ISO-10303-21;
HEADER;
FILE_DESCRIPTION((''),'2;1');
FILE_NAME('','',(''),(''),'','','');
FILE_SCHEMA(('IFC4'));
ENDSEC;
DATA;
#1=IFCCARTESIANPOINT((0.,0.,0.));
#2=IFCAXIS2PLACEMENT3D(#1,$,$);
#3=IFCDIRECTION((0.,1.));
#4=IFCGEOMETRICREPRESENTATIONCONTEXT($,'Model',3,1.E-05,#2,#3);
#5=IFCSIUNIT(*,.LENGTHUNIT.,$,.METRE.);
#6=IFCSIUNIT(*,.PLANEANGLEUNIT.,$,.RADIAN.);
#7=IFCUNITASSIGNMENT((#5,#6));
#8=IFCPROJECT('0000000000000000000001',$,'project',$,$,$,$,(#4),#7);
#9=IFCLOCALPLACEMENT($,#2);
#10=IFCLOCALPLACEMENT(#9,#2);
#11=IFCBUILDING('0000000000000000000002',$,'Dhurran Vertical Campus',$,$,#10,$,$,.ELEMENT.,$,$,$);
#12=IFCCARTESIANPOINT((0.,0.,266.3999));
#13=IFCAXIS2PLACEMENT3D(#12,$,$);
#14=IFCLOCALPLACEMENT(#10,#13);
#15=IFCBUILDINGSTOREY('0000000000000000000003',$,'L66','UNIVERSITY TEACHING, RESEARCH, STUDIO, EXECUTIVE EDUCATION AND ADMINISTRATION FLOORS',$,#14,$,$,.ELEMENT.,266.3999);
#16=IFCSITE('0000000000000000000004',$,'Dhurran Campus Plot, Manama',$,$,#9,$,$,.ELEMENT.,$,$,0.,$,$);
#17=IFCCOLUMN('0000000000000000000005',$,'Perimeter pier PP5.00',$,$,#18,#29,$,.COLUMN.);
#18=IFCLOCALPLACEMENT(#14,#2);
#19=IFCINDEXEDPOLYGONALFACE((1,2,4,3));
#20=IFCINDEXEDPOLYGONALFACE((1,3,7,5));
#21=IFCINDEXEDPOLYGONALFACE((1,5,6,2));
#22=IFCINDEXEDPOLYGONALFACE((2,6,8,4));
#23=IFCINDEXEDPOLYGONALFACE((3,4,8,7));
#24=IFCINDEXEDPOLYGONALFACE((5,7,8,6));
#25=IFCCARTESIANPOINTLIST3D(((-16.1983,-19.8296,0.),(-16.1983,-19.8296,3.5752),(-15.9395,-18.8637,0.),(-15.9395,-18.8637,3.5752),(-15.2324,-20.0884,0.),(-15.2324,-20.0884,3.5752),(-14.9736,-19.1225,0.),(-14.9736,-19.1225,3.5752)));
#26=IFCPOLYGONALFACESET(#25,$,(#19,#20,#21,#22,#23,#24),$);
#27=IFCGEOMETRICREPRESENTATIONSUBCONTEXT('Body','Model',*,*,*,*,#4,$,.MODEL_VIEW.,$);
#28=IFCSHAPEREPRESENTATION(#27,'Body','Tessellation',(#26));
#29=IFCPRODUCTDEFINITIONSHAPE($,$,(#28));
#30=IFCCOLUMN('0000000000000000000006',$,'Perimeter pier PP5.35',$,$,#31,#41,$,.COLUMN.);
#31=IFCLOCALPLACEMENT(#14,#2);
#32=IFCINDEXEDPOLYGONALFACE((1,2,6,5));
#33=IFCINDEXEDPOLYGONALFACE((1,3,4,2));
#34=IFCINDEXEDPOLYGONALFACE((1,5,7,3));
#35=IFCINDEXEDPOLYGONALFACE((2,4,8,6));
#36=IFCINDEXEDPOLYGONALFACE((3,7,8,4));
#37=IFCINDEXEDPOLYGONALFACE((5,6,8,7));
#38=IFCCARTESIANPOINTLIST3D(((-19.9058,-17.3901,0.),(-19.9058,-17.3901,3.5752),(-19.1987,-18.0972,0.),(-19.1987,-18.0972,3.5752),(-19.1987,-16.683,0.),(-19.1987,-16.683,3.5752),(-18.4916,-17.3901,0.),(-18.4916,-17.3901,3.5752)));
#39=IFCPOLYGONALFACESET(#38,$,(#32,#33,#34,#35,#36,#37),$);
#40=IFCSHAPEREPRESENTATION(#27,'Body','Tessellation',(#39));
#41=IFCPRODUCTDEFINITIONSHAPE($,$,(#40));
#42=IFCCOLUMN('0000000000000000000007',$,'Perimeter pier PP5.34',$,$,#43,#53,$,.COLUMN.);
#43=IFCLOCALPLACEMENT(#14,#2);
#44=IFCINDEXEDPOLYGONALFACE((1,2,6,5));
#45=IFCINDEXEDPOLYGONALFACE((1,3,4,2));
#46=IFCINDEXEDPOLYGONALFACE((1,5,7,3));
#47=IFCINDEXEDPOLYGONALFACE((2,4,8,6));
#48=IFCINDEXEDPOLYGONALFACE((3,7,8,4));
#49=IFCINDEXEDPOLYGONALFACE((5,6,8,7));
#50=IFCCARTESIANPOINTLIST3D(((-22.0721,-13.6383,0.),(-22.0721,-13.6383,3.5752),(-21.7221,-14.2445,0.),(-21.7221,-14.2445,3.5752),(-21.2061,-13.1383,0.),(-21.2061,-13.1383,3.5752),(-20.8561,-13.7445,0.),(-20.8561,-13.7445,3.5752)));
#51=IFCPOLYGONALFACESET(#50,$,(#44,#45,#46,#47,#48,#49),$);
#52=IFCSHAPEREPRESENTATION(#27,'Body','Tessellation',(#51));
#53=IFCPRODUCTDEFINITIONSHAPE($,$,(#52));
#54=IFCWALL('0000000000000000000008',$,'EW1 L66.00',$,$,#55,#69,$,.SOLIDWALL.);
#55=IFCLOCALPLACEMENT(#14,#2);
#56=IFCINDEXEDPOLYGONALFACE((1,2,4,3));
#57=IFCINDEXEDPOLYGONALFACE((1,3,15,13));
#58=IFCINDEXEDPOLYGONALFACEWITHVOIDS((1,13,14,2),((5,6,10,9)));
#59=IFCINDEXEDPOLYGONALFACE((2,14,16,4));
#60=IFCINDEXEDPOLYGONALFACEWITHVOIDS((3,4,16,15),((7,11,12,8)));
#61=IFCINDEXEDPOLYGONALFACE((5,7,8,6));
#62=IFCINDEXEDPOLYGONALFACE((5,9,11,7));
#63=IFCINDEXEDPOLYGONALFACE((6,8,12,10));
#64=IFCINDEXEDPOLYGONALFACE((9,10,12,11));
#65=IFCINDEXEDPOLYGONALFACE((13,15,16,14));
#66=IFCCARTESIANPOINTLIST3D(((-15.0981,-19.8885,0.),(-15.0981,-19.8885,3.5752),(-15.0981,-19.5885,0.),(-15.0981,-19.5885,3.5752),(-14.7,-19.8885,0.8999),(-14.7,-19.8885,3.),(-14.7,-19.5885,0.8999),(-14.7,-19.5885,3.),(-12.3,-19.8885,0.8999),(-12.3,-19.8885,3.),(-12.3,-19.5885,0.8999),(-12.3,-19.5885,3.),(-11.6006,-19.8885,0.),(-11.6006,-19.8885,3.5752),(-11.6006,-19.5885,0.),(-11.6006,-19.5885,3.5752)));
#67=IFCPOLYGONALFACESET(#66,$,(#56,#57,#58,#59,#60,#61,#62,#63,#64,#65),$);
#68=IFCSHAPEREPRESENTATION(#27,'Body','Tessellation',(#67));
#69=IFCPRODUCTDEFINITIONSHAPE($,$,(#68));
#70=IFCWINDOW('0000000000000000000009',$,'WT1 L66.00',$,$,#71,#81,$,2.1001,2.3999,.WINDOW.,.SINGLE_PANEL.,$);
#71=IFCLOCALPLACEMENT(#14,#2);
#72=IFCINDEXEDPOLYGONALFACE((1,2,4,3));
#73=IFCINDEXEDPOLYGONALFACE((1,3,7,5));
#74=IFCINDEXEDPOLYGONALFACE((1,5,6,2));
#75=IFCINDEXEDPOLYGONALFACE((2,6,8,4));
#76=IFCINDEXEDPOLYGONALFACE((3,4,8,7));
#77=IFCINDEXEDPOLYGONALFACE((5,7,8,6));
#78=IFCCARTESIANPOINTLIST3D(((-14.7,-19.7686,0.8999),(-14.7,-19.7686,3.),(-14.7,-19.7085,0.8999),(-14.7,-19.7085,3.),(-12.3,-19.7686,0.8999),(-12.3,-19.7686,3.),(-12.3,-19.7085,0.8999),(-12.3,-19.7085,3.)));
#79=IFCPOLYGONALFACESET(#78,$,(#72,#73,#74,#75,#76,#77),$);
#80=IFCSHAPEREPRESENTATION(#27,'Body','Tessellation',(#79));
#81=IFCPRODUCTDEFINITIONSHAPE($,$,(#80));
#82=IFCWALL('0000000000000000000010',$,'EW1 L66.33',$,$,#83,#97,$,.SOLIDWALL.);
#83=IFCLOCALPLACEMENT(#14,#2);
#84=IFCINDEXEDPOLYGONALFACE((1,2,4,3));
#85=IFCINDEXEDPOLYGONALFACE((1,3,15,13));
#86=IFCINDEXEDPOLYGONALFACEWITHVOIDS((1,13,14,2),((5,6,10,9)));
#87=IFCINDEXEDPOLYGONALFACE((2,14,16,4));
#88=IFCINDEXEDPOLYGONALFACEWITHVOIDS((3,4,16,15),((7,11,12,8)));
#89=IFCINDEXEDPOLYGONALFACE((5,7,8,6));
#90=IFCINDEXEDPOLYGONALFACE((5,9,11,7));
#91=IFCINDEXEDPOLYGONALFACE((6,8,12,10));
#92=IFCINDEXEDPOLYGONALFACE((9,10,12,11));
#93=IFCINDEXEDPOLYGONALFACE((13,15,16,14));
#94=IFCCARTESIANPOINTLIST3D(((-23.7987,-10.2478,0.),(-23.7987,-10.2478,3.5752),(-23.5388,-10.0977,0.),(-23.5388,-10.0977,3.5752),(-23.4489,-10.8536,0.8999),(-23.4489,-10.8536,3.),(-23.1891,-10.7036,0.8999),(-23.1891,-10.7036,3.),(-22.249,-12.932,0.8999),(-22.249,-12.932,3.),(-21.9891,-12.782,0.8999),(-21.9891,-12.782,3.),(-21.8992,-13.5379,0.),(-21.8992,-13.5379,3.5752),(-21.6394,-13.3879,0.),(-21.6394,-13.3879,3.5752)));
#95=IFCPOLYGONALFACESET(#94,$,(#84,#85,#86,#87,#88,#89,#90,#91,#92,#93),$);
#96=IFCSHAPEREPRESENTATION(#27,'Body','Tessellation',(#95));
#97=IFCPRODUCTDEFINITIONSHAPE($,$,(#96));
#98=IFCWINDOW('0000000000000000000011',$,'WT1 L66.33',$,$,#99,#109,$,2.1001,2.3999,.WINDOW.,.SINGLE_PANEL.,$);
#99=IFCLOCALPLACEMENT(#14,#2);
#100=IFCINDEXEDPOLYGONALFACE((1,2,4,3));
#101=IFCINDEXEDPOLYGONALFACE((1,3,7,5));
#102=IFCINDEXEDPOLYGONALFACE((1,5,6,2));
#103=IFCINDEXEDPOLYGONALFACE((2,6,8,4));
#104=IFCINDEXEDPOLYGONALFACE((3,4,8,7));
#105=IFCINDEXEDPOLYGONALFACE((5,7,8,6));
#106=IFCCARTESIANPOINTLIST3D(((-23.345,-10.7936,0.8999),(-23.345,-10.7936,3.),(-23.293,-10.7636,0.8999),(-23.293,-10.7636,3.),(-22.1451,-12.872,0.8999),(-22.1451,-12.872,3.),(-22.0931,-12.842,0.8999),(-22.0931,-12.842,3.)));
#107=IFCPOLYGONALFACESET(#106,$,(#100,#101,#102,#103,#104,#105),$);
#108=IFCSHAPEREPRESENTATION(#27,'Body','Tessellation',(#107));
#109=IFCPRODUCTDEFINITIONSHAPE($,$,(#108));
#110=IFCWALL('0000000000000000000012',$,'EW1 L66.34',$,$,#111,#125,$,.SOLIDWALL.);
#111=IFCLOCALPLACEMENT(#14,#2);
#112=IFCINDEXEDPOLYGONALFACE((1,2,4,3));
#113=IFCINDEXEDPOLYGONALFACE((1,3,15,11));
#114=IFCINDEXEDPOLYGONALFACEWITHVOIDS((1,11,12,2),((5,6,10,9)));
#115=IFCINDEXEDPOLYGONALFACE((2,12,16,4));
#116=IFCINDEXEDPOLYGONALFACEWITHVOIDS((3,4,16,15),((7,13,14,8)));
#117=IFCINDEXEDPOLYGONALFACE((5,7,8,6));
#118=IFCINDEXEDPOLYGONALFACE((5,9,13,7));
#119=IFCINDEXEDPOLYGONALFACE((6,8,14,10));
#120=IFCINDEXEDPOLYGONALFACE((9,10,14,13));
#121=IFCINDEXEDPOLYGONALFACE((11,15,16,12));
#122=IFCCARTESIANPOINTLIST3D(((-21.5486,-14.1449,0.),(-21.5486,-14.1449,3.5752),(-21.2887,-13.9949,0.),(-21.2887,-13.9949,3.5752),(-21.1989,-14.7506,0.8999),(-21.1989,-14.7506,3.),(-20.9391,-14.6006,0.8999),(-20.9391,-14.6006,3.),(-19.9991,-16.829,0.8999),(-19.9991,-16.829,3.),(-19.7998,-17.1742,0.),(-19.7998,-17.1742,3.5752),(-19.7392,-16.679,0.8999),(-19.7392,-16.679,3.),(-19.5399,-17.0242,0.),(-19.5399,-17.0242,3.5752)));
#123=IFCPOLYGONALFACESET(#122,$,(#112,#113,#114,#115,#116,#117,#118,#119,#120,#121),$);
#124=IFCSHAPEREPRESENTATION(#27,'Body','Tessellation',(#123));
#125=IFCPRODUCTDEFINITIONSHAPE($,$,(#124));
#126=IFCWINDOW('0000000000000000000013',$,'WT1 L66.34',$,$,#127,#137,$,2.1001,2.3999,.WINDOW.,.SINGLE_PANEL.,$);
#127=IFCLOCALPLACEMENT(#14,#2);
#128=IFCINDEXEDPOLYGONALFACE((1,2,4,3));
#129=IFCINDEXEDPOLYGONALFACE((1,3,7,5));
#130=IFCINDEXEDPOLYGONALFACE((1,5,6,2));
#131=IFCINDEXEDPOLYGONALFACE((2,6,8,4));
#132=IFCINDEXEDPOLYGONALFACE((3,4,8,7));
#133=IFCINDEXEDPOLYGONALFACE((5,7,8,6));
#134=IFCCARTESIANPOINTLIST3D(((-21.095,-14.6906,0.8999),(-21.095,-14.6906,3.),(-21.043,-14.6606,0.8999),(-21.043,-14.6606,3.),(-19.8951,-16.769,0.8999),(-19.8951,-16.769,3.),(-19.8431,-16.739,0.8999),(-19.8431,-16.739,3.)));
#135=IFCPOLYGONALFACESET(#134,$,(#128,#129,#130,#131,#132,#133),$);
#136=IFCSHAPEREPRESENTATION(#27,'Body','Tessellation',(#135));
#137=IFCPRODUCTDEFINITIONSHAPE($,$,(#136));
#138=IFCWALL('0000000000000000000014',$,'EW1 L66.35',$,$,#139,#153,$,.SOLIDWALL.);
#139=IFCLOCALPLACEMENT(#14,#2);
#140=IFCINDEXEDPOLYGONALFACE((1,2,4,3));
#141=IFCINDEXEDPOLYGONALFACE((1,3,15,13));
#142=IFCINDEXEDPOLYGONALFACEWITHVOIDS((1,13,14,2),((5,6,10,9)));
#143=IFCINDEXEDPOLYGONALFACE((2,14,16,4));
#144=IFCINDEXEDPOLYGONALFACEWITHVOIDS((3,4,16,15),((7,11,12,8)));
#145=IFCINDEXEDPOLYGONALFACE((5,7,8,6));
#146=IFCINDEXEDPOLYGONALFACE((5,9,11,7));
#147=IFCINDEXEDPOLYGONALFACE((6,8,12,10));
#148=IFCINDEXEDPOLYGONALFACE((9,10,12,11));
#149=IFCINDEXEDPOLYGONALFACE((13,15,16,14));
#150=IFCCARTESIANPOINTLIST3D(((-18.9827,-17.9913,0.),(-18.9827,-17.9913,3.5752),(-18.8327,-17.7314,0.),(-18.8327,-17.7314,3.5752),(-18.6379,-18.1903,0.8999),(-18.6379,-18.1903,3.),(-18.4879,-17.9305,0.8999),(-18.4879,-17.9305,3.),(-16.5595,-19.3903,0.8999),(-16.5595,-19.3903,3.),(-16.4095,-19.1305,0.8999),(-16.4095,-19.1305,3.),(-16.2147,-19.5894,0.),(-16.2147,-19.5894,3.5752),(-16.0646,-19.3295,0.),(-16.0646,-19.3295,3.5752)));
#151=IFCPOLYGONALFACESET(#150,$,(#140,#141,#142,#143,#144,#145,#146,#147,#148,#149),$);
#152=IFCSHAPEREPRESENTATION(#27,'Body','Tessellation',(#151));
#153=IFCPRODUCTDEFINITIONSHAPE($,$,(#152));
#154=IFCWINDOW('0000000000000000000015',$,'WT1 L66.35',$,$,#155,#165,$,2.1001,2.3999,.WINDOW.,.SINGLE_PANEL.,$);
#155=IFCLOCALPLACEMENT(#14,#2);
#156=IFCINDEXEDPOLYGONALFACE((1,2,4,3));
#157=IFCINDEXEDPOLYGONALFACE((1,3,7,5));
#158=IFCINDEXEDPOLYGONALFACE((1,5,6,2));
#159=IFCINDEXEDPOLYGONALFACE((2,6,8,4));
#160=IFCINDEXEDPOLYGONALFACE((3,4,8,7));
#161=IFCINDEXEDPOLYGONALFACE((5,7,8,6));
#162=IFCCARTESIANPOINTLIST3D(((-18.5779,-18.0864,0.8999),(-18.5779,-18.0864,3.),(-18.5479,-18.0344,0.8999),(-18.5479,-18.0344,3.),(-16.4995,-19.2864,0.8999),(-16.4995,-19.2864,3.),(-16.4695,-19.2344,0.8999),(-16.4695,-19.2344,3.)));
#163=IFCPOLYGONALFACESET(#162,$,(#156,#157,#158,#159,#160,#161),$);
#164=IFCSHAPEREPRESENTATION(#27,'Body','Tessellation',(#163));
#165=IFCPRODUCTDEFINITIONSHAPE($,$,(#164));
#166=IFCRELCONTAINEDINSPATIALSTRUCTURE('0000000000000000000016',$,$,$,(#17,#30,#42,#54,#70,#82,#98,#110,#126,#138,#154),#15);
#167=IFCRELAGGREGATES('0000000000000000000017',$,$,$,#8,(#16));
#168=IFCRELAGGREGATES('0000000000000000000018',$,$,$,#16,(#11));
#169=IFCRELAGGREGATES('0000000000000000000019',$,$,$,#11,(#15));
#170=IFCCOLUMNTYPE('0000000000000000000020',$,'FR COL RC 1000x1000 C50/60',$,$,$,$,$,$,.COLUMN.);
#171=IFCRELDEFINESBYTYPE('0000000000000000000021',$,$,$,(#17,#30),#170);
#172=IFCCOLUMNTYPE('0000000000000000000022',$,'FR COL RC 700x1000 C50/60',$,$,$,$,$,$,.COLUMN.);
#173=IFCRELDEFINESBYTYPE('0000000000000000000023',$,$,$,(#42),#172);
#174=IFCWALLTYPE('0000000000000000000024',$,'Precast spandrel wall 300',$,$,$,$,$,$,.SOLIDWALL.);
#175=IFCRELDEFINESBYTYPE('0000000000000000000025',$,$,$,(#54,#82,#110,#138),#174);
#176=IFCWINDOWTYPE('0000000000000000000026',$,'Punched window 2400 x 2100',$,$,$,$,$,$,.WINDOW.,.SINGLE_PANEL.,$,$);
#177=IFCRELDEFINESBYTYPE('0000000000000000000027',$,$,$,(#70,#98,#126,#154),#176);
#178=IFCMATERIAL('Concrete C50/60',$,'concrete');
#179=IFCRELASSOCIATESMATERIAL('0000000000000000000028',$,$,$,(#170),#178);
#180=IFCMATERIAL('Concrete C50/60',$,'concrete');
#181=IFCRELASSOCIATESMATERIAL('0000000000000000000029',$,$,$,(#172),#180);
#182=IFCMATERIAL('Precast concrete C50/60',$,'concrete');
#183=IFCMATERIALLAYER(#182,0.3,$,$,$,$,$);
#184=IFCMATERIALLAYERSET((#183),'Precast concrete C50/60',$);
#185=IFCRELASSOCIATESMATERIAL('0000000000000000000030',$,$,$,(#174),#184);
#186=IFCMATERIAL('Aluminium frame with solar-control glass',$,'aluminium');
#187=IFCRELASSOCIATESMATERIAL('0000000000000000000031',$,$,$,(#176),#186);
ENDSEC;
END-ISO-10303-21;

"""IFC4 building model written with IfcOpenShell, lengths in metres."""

from ifc_helpers import new_model, si_unit, direction, frame, frame_2d, origin, origin_2d, place, context, subcontext, project, spatial, rectangle, extrude, material, layer, layer_set, material_profile, profile_set, type_object, element, fill, save


model = new_model("IFC4")

# Units and contexts
model_context = context("Model", 3, precision=1e-05, world=origin(), true_north=direction((0.0, 1.0)))
body_context = subcontext(model_context, "Body", "Model", "MODEL_VIEW")
ifc_project = project(units=[si_unit("LENGTHUNIT", "METRE"), si_unit("PLANEANGLEUNIT", "RADIAN")], contexts=[model_context])

# Site, building, storey
site_placement = place(None, origin())
site = spatial("IfcSite", under=ifc_project, at=site_placement, Name="Dhurran Campus Plot, Manama", CompositionType="ELEMENT", RefElevation=0.0)
building_placement = place(site_placement, origin())
building = spatial("IfcBuilding", under=site, at=building_placement, Name="Dhurran Vertical Campus", CompositionType="ELEMENT")
storey_placement = place(building_placement, frame((0.0, 0.0, 266.3999)))
storey = spatial("IfcBuildingStorey", under=building, at=storey_placement, Name="L66", Description="UNIVERSITY TEACHING, RESEARCH, STUDIO, EXECUTIVE EDUCATION AND ADMINISTRATION FLOORS", CompositionType="ELEMENT", Elevation=266.3999)

# Columns
ifc_material_1 = material(Name="Concrete C50/60", Category="concrete")
ifc_material_profile_1 = material_profile(ifc_material_1, rectangle(XDim=1.0, YDim=1.0, at=origin_2d()), Name="RC 1000x1000")
ifc_profile_set_1 = profile_set([ifc_material_profile_1], Name="Concrete C50/60")
column_type_1 = type_object("IfcColumnType", Name="FR COL RC 1000x1000 C50/60", PredefinedType="COLUMN", material=ifc_profile_set_1)
for number, where, z_axis, x_axis, name in (
    (1, (-15.5859, -19.4761, 0.0), (0.0, 0.0, 1.0), (0.965926, -0.258819, 0.0), "Perimeter pier PP5.00"),
    (2, (-19.1987, -17.3901, 0.0), (0.0, 0.0, 1.0), (0.707107, -0.707107, 0.0), "Perimeter pier PP5.35"),
):
    element("IfcColumn", number, at=place(storey_placement, frame(where, z_axis=z_axis, x_axis=x_axis)), inside=storey, type_object=column_type_1, Name=name, PredefinedType="COLUMN", context=body_context, shape_type="SweptSolid", body=[
        extrude(rectangle(XDim=1.0, YDim=1.0, at=origin_2d()), origin(), (0.0, 0.0, 1.0), 3.5752),
    ])
ifc_material_2 = material(Name="Concrete C50/60", Category="concrete")
ifc_material_profile_2 = material_profile(ifc_material_2, rectangle(XDim=0.7, YDim=1.0, at=origin_2d()), Name="RC 700x1000")
ifc_profile_set_2 = profile_set([ifc_material_profile_2], Name="Concrete C50/60")
column_type_2 = type_object("IfcColumnType", Name="FR COL RC 700x1000 C50/60", PredefinedType="COLUMN", material=ifc_profile_set_2)
column_placement = place(storey_placement, frame((-21.4641, -13.6914, 0.0), z_axis=(0.0, 0.0, 1.0), x_axis=(0.5, -0.866025, 0.0)))
element("IfcColumn", 3, at=column_placement, inside=storey, type_object=column_type_2, Name="Perimeter pier PP5.34", PredefinedType="COLUMN", context=body_context, shape_type="SweptSolid", body=[
    extrude(rectangle(XDim=0.7, YDim=1.0, at=origin_2d()), origin(), (0.0, 0.0, 1.0), 3.5752),
])

# Walls, openings, windows
ifc_material_3 = material(Name="Precast concrete C50/60", Category="concrete")
ifc_layer_1 = layer(ifc_material_3, 0.3)
ifc_layer_set_1 = layer_set([ifc_layer_1], Name="Precast concrete C50/60")
wall_type_1 = type_object("IfcWallType", Name="Precast spandrel wall 300", PredefinedType="SOLIDWALL", material=ifc_layer_set_1)
wall_1_placement = place(storey_placement, frame((-15.0981, -19.7385, 0.0), z_axis=(0.0, 0.0, 1.0), x_axis=(1.0, 0.0, 0.0)))
wall_1 = element("IfcWall", 4, at=wall_1_placement, inside=storey, type_object=wall_type_1, Name="EW1 L66.00", PredefinedType="SOLIDWALL", context=body_context, shape_type="SweptSolid", body=[
    extrude(rectangle(XDim=3.4976, YDim=0.3, at=frame_2d((1.7488, 0.0))), origin(), (0.0, 0.0, 1.0), 3.5752),
])
opening_1_placement = place(wall_1_placement, frame((0.3982, 0.0, 0.8999)))
opening_1 = element("IfcOpeningElement", 5, at=opening_1_placement, cuts=wall_1, PredefinedType="OPENING", context=body_context, shape_type="SweptSolid", body=[
    extrude(rectangle(XDim=2.3999, YDim=2.1001, at=frame_2d((1.2, 1.05))), frame((0.0, 0.1599, 0.0), z_axis=(0.0, -1.0, 0.0), x_axis=(1.0, 0.0, 0.0)), (0.0, 0.0, 1.0), 0.3201),
])
ifc_material_4 = material(Name="Aluminium frame with solar-control glass", Category="aluminium")
window_type = type_object("IfcWindowType", Name="Punched window 2400 x 2100", PartitioningType="SINGLE_PANEL", PredefinedType="WINDOW", material=ifc_material_4)
window_1_placement = place(opening_1_placement, origin())
window_1 = element("IfcWindow", 6, at=window_1_placement, inside=storey, type_object=window_type, Name="WT1 L66.00", OverallHeight=2.1001, OverallWidth=2.3999, PartitioningType="SINGLE_PANEL", PredefinedType="WINDOW", context=body_context, shape_type="SweptSolid", body=[
    extrude(rectangle(XDim=2.3999, YDim=2.1001, at=frame_2d((1.2, 1.05))), frame((0.0, 0.03, 0.0), z_axis=(0.0, -1.0, 0.0), x_axis=(1.0, 0.0, 0.0)), (0.0, 0.0, 1.0), 0.0601),
])
fill(opening_1, window_1)
wall_2_placement = place(storey_placement, frame((-23.6687, -10.1729, 0.0), z_axis=(0.0, 0.0, 1.0), x_axis=(0.499982, -0.866036, 0.0)))
wall_2 = element("IfcWall", 7, at=wall_2_placement, inside=storey, type_object=wall_type_1, Name="EW1 L66.33", PredefinedType="SOLIDWALL", context=body_context, shape_type="SweptSolid", body=[
    extrude(rectangle(XDim=3.7991, YDim=0.3, at=frame_2d((1.8994, 0.0))), origin(), (0.0, 0.0, 1.0), 3.5752),
])
opening_2_placement = place(wall_2_placement, frame((0.6995, 0.0, 0.8999)))
opening_2 = element("IfcOpeningElement", 8, at=opening_2_placement, cuts=wall_2, PredefinedType="OPENING", context=body_context, shape_type="SweptSolid", body=[
    extrude(rectangle(XDim=2.3999, YDim=2.1001, at=frame_2d((1.2, 1.05))), frame((0.0, 0.1599, 0.0), z_axis=(0.0, -1.0, 0.0), x_axis=(1.0, 0.0, 0.0)), (0.0, 0.0, 1.0), 0.3201),
])
window_2_placement = place(opening_2_placement, origin())
window_2 = element("IfcWindow", 9, at=window_2_placement, inside=storey, type_object=window_type, Name="WT1 L66.33", OverallHeight=2.1001, OverallWidth=2.3999, PartitioningType="SINGLE_PANEL", PredefinedType="WINDOW", context=body_context, shape_type="SweptSolid", body=[
    extrude(rectangle(XDim=2.3999, YDim=2.1001, at=frame_2d((1.2, 1.05))), frame((0.0, 0.03, 0.0), z_axis=(0.0, -1.0, 0.0), x_axis=(1.0, 0.0, 0.0)), (0.0, 0.0, 1.0), 0.0601),
])
fill(opening_2, window_2)
wall_3_placement = place(storey_placement, frame((-21.4187, -14.0698, 0.0), z_axis=(0.0, 0.0, 1.0), x_axis=(0.49996, -0.866048, 0.0)))
wall_3 = element("IfcWall", 10, at=wall_3_placement, inside=storey, type_object=wall_type_1, Name="EW1 L66.34", PredefinedType="SOLIDWALL", context=body_context, shape_type="SweptSolid", body=[
    extrude(rectangle(XDim=3.4978, YDim=0.3, at=frame_2d((1.749, 0.0))), origin(), (0.0, 0.0, 1.0), 3.5752),
])
opening_3_placement = place(wall_3_placement, frame((0.6995, 0.0, 0.8999)))
opening_3 = element("IfcOpeningElement", 11, at=opening_3_placement, cuts=wall_3, PredefinedType="OPENING", context=body_context, shape_type="SweptSolid", body=[
    extrude(rectangle(XDim=2.3999, YDim=2.1001, at=frame_2d((1.2, 1.05))), frame((0.0, 0.1599, 0.0), z_axis=(0.0, -1.0, 0.0), x_axis=(1.0, 0.0, 0.0)), (0.0, 0.0, 1.0), 0.3201),
])
window_3_placement = place(opening_3_placement, origin())
window_3 = element("IfcWindow", 12, at=window_3_placement, inside=storey, type_object=window_type, Name="WT1 L66.34", OverallHeight=2.1001, OverallWidth=2.3999, PartitioningType="SINGLE_PANEL", PredefinedType="WINDOW", context=body_context, shape_type="SweptSolid", body=[
    extrude(rectangle(XDim=2.3999, YDim=2.1001, at=frame_2d((1.2, 1.05))), frame((0.0, 0.03, 0.0), z_axis=(0.0, -1.0, 0.0), x_axis=(1.0, 0.0, 0.0)), (0.0, 0.0, 1.0), 0.0601),
])
fill(opening_3, window_3)
wall_4_placement = place(storey_placement, frame((-18.9077, -17.8613, 0.0), z_axis=(0.0, 0.0, 1.0), x_axis=(0.866025, -0.5, 0.0)))
wall_4 = element("IfcWall", 13, at=wall_4_placement, inside=storey, type_object=wall_type_1, Name="EW1 L66.35", PredefinedType="SOLIDWALL", context=body_context, shape_type="SweptSolid", body=[
    extrude(rectangle(XDim=3.1963, YDim=0.3, at=frame_2d((1.5981, 0.0))), origin(), (0.0, 0.0, 1.0), 3.5752),
])
opening_4_placement = place(wall_4_placement, frame((0.3982, 0.0, 0.8999)))
opening_4 = element("IfcOpeningElement", 14, at=opening_4_placement, cuts=wall_4, PredefinedType="OPENING", context=body_context, shape_type="SweptSolid", body=[
    extrude(rectangle(XDim=2.3999, YDim=2.1001, at=frame_2d((1.2, 1.05))), frame((0.0, 0.1599, 0.0), z_axis=(0.0, -1.0, 0.0), x_axis=(1.0, 0.0, 0.0)), (0.0, 0.0, 1.0), 0.3201),
])
window_4_placement = place(opening_4_placement, origin())
window_4 = element("IfcWindow", 15, at=window_4_placement, inside=storey, type_object=window_type, Name="WT1 L66.35", OverallHeight=2.1001, OverallWidth=2.3999, PartitioningType="SINGLE_PANEL", PredefinedType="WINDOW", context=body_context, shape_type="SweptSolid", body=[
    extrude(rectangle(XDim=2.3999, YDim=2.1001, at=frame_2d((1.2, 1.05))), frame((0.0, 0.03, 0.0), z_axis=(0.0, -1.0, 0.0), x_axis=(1.0, 0.0, 0.0)), (0.0, 0.0, 1.0), 0.0601),
])
fill(opening_4, window_4)

save(model, "model.ifc")
